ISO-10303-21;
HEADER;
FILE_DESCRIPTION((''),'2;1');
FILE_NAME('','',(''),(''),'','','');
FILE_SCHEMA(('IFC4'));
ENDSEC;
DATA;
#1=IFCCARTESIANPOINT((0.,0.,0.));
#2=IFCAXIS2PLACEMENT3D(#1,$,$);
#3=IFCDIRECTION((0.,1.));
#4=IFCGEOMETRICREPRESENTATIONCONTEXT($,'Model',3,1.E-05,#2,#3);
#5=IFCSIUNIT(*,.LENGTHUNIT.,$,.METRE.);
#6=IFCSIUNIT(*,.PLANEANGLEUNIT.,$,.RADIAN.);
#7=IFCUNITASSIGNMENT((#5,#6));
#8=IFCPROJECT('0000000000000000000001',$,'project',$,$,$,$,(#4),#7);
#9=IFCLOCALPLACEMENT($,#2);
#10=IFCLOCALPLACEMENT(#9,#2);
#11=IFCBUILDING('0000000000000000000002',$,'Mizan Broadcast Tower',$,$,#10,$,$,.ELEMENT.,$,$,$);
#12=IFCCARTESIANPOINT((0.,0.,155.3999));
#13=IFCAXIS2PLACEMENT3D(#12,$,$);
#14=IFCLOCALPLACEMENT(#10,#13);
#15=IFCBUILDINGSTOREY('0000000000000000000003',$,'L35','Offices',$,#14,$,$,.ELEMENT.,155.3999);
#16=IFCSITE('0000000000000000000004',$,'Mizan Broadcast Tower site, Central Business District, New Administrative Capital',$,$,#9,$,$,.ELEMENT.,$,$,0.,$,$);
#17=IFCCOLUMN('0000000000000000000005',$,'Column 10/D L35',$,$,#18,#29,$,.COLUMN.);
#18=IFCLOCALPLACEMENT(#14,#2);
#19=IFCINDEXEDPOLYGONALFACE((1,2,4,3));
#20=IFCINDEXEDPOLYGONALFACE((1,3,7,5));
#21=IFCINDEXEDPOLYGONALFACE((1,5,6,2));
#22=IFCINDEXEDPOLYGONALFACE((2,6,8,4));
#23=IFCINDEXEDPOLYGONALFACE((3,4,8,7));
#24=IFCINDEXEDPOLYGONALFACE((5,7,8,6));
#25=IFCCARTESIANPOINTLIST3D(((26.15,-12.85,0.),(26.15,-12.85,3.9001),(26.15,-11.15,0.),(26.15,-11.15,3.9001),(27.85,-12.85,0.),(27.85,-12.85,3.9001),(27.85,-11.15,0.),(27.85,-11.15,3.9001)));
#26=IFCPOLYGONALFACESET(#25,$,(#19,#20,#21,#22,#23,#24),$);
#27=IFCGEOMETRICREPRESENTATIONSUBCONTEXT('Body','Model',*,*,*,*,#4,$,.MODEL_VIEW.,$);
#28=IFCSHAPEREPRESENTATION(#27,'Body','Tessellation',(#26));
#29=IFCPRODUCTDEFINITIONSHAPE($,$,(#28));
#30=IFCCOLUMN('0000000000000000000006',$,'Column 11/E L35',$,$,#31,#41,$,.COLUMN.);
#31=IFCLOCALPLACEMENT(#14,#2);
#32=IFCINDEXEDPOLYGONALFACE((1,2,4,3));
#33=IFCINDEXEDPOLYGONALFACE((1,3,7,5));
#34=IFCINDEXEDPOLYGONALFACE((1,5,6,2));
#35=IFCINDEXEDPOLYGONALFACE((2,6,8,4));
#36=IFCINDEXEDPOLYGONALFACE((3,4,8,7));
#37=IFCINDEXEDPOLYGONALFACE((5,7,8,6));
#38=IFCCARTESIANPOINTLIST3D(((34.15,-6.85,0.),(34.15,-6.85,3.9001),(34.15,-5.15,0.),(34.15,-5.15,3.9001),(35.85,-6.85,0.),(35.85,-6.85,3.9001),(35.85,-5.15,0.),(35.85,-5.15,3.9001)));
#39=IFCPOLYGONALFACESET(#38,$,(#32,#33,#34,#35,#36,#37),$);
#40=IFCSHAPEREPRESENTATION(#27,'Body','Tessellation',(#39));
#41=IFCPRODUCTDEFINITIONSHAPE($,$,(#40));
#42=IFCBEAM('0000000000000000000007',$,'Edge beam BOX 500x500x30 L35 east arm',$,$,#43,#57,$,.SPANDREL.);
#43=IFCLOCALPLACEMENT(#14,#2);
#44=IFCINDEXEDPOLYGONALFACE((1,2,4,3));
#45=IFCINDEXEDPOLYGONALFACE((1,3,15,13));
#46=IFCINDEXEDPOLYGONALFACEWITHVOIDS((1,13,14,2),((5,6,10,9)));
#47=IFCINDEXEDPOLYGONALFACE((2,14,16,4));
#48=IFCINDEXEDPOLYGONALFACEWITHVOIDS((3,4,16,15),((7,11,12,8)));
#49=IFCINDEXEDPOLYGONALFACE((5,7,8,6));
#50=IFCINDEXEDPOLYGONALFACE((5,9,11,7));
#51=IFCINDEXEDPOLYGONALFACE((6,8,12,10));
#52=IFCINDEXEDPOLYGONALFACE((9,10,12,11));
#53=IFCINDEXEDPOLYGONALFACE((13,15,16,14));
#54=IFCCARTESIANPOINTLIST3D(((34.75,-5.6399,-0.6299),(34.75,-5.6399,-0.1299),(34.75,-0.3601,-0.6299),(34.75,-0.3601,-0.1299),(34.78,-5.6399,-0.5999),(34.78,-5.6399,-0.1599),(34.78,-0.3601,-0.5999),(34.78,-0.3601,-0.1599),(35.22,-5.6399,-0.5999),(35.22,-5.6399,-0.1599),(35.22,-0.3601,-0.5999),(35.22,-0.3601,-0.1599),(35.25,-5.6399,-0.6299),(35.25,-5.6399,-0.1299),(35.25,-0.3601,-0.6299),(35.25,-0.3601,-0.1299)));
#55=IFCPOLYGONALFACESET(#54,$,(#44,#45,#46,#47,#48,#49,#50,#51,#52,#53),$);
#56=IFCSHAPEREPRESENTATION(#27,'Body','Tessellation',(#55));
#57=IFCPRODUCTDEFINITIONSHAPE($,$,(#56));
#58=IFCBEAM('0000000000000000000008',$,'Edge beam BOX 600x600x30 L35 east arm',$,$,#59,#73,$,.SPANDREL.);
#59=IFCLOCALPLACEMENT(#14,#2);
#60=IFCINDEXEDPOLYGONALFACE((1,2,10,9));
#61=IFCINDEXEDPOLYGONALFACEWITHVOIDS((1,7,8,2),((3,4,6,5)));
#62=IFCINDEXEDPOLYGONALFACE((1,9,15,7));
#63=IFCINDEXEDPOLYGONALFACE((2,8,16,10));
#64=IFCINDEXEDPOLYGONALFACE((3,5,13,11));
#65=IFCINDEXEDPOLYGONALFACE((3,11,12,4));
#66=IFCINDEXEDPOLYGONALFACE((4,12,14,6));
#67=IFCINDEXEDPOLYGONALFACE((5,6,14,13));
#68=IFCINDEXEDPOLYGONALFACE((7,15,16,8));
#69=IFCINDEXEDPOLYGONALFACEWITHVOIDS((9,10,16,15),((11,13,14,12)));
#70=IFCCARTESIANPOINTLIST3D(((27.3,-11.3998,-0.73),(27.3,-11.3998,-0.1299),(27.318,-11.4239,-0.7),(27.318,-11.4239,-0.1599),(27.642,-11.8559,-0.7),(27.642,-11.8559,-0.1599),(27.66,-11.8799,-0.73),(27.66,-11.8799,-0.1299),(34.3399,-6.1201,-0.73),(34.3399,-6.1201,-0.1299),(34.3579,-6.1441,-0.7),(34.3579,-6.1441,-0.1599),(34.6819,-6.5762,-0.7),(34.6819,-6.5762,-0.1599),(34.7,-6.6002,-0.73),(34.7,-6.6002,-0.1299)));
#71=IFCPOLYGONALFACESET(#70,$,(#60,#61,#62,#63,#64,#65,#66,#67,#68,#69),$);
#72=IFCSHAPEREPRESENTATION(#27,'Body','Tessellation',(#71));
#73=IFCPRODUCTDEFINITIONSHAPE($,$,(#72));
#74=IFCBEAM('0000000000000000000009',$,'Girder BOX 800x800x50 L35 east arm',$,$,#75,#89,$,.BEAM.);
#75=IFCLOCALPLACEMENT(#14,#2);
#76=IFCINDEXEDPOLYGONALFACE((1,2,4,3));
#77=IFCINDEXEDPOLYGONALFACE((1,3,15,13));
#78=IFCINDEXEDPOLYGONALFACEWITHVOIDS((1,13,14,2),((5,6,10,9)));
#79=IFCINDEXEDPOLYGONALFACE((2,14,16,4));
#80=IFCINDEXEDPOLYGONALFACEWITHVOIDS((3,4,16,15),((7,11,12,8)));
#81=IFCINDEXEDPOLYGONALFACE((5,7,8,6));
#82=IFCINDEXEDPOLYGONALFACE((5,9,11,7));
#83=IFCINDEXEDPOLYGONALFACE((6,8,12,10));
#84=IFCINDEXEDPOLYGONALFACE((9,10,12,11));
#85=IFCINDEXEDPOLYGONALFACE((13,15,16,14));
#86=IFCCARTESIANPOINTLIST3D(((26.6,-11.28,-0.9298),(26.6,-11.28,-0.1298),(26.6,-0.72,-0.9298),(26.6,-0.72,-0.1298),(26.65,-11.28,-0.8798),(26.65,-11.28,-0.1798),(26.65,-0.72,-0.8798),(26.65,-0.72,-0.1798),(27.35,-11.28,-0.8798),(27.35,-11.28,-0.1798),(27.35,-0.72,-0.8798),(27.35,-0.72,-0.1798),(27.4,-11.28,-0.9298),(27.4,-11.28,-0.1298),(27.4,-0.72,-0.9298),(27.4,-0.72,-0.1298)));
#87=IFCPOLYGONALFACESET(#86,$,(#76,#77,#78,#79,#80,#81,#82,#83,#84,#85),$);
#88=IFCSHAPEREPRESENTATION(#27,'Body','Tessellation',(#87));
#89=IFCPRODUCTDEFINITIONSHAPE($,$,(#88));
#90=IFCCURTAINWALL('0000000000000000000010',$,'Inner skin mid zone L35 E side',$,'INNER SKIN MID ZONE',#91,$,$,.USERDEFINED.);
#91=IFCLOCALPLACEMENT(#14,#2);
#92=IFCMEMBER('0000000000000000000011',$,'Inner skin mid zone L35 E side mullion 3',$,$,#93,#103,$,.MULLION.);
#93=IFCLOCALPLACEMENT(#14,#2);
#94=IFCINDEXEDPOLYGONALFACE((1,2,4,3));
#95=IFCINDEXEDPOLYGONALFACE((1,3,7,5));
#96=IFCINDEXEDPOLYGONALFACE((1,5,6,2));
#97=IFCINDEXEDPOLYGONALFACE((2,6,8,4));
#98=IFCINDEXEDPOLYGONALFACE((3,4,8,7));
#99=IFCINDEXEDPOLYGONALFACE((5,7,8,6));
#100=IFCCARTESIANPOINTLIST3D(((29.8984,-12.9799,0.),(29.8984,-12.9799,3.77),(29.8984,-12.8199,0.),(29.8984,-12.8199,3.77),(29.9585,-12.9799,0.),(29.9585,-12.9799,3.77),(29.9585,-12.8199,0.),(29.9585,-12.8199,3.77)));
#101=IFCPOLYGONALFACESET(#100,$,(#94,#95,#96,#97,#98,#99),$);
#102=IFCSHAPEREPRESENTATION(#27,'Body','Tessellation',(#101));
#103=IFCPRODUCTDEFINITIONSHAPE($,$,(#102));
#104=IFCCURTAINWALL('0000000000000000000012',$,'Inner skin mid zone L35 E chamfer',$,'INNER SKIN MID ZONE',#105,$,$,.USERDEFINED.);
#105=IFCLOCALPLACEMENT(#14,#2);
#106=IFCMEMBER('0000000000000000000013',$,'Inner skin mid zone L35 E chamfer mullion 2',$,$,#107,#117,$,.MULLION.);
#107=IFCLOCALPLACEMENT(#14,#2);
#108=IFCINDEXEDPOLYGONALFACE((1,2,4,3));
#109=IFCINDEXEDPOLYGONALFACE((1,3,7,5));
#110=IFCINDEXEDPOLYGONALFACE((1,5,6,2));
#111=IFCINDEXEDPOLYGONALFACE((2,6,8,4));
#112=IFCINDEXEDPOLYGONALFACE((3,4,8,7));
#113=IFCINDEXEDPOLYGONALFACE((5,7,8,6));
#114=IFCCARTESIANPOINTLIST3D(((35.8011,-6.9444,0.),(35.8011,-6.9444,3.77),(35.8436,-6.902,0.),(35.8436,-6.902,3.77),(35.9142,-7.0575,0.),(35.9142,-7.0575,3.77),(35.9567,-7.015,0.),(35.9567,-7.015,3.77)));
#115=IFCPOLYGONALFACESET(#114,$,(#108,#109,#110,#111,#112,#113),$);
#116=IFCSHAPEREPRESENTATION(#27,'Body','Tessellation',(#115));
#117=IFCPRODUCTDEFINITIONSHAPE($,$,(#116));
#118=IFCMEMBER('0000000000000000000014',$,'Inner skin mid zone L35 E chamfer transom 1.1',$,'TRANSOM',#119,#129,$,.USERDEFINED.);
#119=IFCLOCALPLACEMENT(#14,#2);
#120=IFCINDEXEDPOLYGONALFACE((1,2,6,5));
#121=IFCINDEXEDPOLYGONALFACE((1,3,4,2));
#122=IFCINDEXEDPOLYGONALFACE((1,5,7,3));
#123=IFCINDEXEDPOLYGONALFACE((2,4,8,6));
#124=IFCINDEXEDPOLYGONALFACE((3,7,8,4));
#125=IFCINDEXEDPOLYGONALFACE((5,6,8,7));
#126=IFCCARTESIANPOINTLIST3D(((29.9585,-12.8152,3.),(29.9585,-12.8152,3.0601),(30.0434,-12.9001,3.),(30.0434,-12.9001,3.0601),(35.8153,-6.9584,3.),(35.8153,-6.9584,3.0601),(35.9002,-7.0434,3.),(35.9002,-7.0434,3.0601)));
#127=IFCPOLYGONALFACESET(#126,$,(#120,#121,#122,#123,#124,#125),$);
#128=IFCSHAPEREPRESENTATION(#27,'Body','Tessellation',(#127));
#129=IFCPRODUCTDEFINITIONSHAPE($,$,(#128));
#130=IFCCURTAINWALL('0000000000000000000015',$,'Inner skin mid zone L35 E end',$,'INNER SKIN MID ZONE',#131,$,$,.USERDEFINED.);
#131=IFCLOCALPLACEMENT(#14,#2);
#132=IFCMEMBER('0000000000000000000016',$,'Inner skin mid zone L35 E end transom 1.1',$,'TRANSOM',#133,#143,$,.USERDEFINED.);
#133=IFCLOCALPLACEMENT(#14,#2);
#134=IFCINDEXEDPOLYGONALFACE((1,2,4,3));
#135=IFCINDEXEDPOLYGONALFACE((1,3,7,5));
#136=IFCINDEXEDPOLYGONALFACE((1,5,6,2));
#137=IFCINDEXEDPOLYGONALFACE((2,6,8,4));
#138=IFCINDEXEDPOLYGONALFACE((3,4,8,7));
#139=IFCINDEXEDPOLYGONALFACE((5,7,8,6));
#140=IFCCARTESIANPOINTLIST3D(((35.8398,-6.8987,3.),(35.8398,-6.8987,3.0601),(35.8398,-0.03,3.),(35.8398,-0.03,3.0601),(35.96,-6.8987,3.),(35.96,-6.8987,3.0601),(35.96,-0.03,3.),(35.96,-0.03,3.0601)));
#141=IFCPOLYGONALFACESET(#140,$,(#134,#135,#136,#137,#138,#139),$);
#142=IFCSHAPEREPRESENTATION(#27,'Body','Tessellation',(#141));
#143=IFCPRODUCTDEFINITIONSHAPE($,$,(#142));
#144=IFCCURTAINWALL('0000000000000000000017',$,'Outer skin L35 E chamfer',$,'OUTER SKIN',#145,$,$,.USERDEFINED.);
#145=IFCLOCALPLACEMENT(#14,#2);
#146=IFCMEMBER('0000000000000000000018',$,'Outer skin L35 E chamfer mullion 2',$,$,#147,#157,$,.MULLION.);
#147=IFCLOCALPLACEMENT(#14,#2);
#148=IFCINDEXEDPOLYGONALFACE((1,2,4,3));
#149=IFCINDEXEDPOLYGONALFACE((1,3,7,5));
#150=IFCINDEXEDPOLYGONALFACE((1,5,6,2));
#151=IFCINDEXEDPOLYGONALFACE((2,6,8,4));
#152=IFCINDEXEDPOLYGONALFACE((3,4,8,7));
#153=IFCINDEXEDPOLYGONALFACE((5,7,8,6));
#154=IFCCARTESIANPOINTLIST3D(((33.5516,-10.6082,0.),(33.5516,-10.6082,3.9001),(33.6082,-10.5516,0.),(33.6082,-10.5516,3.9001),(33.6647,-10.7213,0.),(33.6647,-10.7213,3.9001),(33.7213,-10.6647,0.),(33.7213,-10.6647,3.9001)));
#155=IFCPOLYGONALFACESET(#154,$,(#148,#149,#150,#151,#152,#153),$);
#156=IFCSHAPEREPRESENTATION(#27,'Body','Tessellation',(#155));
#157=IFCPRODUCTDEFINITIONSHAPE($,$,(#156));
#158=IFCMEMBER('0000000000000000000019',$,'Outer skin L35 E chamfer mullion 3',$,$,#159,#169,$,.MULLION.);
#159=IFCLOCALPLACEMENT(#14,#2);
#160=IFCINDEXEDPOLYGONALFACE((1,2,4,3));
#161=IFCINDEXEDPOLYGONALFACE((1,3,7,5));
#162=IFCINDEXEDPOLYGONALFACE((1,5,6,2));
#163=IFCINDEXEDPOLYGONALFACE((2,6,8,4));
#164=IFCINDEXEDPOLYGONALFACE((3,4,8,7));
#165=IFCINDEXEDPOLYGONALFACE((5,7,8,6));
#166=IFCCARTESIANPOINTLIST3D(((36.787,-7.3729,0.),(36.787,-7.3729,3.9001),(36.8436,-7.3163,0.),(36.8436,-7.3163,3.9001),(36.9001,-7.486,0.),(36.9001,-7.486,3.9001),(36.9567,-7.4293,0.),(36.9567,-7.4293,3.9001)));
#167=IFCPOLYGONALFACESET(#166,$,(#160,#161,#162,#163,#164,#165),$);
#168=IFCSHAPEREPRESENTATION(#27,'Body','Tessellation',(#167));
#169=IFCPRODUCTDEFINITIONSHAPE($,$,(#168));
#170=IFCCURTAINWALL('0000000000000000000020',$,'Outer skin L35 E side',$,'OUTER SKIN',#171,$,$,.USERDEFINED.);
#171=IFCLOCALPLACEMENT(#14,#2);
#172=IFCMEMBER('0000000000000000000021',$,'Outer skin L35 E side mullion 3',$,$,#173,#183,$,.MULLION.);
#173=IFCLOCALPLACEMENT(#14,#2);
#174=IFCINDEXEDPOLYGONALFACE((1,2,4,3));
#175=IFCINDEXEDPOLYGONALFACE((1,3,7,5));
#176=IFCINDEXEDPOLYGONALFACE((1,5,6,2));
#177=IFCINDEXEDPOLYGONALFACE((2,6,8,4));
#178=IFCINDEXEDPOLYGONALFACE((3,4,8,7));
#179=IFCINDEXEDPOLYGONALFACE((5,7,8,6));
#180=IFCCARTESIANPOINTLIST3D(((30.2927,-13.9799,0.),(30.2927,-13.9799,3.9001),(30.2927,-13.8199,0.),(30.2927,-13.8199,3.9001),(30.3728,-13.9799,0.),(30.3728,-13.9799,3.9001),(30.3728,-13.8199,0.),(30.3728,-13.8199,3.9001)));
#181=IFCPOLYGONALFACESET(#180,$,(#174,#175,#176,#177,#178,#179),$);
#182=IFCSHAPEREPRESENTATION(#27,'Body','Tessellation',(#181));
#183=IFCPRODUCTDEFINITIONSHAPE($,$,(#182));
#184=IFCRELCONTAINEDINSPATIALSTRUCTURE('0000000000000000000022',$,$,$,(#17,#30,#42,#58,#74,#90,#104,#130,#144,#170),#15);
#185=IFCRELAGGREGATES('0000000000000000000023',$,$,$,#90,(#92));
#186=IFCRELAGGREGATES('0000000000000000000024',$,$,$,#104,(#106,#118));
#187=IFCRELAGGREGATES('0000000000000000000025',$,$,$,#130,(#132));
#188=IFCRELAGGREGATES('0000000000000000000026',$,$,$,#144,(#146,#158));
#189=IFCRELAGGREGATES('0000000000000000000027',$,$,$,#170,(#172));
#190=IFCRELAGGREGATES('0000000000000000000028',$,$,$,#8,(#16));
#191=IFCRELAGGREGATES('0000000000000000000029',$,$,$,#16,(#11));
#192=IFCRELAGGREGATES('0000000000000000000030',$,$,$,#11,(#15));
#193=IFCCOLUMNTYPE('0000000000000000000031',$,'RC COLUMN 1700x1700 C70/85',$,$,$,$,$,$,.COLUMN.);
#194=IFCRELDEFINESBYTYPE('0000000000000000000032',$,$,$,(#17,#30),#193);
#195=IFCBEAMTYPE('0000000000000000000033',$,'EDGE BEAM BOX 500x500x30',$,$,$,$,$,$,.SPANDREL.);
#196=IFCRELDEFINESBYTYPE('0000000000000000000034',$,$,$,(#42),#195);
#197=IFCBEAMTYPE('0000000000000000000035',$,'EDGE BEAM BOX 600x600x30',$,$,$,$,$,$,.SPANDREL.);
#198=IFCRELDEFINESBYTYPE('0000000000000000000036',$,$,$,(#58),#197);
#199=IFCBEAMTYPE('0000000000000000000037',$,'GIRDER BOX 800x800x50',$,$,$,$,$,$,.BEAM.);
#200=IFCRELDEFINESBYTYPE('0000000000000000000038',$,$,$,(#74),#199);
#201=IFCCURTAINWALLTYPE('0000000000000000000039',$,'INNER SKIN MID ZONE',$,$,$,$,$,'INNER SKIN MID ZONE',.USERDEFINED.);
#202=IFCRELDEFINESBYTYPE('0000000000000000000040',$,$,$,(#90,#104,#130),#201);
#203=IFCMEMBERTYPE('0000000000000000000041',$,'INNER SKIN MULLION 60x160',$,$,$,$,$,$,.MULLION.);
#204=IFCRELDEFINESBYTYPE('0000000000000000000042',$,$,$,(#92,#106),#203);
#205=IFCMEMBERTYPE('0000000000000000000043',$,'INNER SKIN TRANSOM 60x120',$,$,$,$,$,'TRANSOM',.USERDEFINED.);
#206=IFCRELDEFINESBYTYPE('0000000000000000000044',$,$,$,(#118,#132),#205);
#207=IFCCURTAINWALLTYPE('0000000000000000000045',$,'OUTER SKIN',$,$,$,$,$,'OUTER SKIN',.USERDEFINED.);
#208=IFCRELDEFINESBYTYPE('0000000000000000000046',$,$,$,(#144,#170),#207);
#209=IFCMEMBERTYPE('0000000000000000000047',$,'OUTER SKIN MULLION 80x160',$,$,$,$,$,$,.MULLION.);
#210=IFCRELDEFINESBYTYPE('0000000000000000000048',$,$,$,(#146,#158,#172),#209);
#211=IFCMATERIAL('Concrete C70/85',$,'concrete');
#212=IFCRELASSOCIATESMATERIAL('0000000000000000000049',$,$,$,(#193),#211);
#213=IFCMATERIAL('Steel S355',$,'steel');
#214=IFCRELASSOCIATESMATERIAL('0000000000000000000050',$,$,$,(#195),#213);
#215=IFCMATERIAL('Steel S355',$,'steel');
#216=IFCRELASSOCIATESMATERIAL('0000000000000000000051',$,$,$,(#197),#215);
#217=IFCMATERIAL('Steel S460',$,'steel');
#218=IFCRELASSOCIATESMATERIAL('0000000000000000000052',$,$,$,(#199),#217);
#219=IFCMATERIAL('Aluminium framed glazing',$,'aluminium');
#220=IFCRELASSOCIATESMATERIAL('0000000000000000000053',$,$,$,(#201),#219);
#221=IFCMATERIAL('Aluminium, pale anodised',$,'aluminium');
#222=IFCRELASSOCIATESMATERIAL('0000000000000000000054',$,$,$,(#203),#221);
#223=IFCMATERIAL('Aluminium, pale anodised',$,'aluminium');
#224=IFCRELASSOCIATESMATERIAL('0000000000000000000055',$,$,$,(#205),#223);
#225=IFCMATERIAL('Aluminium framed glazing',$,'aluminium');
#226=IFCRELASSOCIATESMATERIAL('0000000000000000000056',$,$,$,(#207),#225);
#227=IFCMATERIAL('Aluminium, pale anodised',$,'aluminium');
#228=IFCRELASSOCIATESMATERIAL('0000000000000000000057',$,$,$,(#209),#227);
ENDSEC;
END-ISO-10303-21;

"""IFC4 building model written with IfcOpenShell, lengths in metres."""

from ifc_helpers import new_model, si_unit, direction, frame, origin, origin_2d, place, context, subcontext, project, spatial, rectangle, hollow_rectangle, extrude, material, material_profile, profile_set, type_object, element, aggregate, save


model = new_model("IFC4")

# Units and contexts
model_context = context("Model", 3, precision=1e-05, world=origin(), true_north=direction((0.0, 1.0)))
body_context = subcontext(model_context, "Body", "Model", "MODEL_VIEW")
ifc_project = project(units=[si_unit("LENGTHUNIT", "METRE"), si_unit("PLANEANGLEUNIT", "RADIAN")], contexts=[model_context])

# Site, building, storey
site_placement = place(None, origin())
site = spatial("IfcSite", under=ifc_project, at=site_placement, Name="Mizan Broadcast Tower site, Central Business District, New Administrative Capital", CompositionType="ELEMENT", RefElevation=0.0)
building_placement = place(site_placement, origin())
building = spatial("IfcBuilding", under=site, at=building_placement, Name="Mizan Broadcast Tower", CompositionType="ELEMENT")
storey_placement = place(building_placement, frame((0.0, 0.0, 155.3999)))
storey = spatial("IfcBuildingStorey", under=building, at=storey_placement, Name="L35", Description="Offices", CompositionType="ELEMENT", Elevation=155.3999)

# Columns
ifc_material_1 = material(Name="Concrete C70/85", Category="concrete")
ifc_material_profile_1 = material_profile(ifc_material_1, rectangle(XDim=1.7, YDim=1.7, at=origin_2d()), Name="RC 1700x1700")
ifc_profile_set_1 = profile_set([ifc_material_profile_1], Name="Concrete C70/85")
column_type = type_object("IfcColumnType", Name="RC COLUMN 1700x1700 C70/85", PredefinedType="COLUMN", material=ifc_profile_set_1)
for number, where, z_axis, x_axis, name in (
    (1, (27.0, -12.0, 0.0), (0.0, 0.0, 1.0), (1.0, 0.0, 0.0), "Column 10/D L35"),
    (2, (35.0, -6.0, 0.0), (0.0, 0.0, 1.0), (1.0, 0.0, 0.0), "Column 11/E L35"),
):
    element("IfcColumn", number, at=place(storey_placement, frame(where, z_axis=z_axis, x_axis=x_axis)), inside=storey, type_object=column_type, Name=name, PredefinedType="COLUMN", context=body_context, shape_type="SweptSolid", body=[
        extrude(rectangle(XDim=1.7, YDim=1.7, at=origin_2d()), origin(), (0.0, 0.0, 1.0), 3.9001),
    ])

# Beams
ifc_material_2 = material(Name="Steel S355", Category="steel")
ifc_material_profile_2 = material_profile(ifc_material_2, hollow_rectangle(XDim=0.5, YDim=0.5, WallThickness=0.03, at=origin_2d()), Name="BOX 500x500x30")
ifc_profile_set_2 = profile_set([ifc_material_profile_2], Name="Steel S355")
beam_type_1 = type_object("IfcBeamType", Name="EDGE BEAM BOX 500x500x30", PredefinedType="SPANDREL", material=ifc_profile_set_2)
beam_1_placement = place(storey_placement, frame((35.0, -5.6399, -0.3799), z_axis=(0.0, 1.0, 0.0), x_axis=(-1.0, 0.0, 0.0)))
element("IfcBeam", 3, at=beam_1_placement, inside=storey, type_object=beam_type_1, Name="Edge beam BOX 500x500x30 L35 east arm", PredefinedType="SPANDREL", context=body_context, shape_type="SweptSolid", body=[
    extrude(hollow_rectangle(XDim=0.5, YDim=0.5, WallThickness=0.03, at=origin_2d()), origin(), (0.0, 0.0, 1.0), 5.2798),
])
ifc_material_3 = material(Name="Steel S355", Category="steel")
ifc_material_profile_3 = material_profile(ifc_material_3, hollow_rectangle(XDim=0.6001, YDim=0.6001, WallThickness=0.03, at=origin_2d()), Name="BOX 600x600x30")
ifc_profile_set_3 = profile_set([ifc_material_profile_3], Name="Steel S355")
beam_type_2 = type_object("IfcBeamType", Name="EDGE BEAM BOX 600x600x30", PredefinedType="SPANDREL", material=ifc_profile_set_3)
beam_2_placement = place(storey_placement, frame((27.48, -11.6399, -0.4299), z_axis=(0.800013, 0.599982, 0.0), x_axis=(-0.599982, 0.800013, 0.0)))
element("IfcBeam", 4, at=beam_2_placement, inside=storey, type_object=beam_type_2, Name="Edge beam BOX 600x600x30 L35 east arm", PredefinedType="SPANDREL", context=body_context, shape_type="SweptSolid", body=[
    extrude(hollow_rectangle(XDim=0.6001, YDim=0.6001, WallThickness=0.03, at=origin_2d()), origin(), (0.0, 0.0, 1.0), 8.7998),
])
ifc_material_4 = material(Name="Steel S460", Category="steel")
ifc_material_profile_4 = material_profile(ifc_material_4, hollow_rectangle(XDim=0.8, YDim=0.8, WallThickness=0.05, at=origin_2d()), Name="BOX 800x800x50")
ifc_profile_set_4 = profile_set([ifc_material_profile_4], Name="Steel S460")
beam_type_3 = type_object("IfcBeamType", Name="GIRDER BOX 800x800x50", PredefinedType="BEAM", material=ifc_profile_set_4)
beam_3_placement = place(storey_placement, frame((27.0, -11.28, -0.5298), z_axis=(0.0, 1.0, 0.0), x_axis=(-1.0, 0.0, 0.0)))
element("IfcBeam", 5, at=beam_3_placement, inside=storey, type_object=beam_type_3, Name="Girder BOX 800x800x50 L35 east arm", PredefinedType="BEAM", context=body_context, shape_type="SweptSolid", body=[
    extrude(hollow_rectangle(XDim=0.8, YDim=0.8, WallThickness=0.05, at=origin_2d()), origin(), (0.0, 0.0, 1.0), 10.5601),
])

# Curtain wall, member
ifc_material_5 = material(Name="Aluminium framed glazing", Category="aluminium")
curtain_wall_type_1 = type_object("IfcCurtainWallType", Name="INNER SKIN MID ZONE", ElementType="INNER SKIN MID ZONE", PredefinedType="USERDEFINED", material=ifc_material_5)
curtain_wall_1_placement = place(storey_placement, origin())
curtain_wall_1 = element("IfcCurtainWall", 6, at=curtain_wall_1_placement, inside=storey, type_object=curtain_wall_type_1, Name="Inner skin mid zone L35 E side", ObjectType="INNER SKIN MID ZONE", PredefinedType="USERDEFINED")
ifc_material_6 = material(Name="Aluminium, pale anodised", Category="aluminium")
ifc_material_profile_5 = material_profile(ifc_material_6, rectangle(XDim=0.1599, YDim=0.0601, at=origin_2d()), Name="MULLION 160x60")
ifc_profile_set_5 = profile_set([ifc_material_profile_5], Name="Aluminium, pale anodised")
member_type_1 = type_object("IfcMemberType", Name="INNER SKIN MULLION 60x160", PredefinedType="MULLION", material=ifc_profile_set_5)
member_1_placement = place(storey_placement, frame((29.9285, -12.8999, 0.0), z_axis=(0.0, 0.0, 1.0), x_axis=(0.0, 1.0, 0.0)))
member_1 = element("IfcMember", 7, at=member_1_placement, type_object=member_type_1, Name="Inner skin mid zone L35 E side mullion 3", PredefinedType="MULLION", context=body_context, shape_type="SweptSolid", body=[
    extrude(rectangle(XDim=0.1599, YDim=0.0601, at=origin_2d()), origin(), (0.0, 0.0, 1.0), 3.77),
])

# Curtain wall, members
curtain_wall_2_placement = place(storey_placement, origin())
curtain_wall_2 = element("IfcCurtainWall", 8, at=curtain_wall_2_placement, inside=storey, type_object=curtain_wall_type_1, Name="Inner skin mid zone L35 E chamfer", ObjectType="INNER SKIN MID ZONE", PredefinedType="USERDEFINED")
member_2_placement = place(storey_placement, frame((35.8789, -6.9797, 0.0), z_axis=(0.0, 0.0, 1.0), x_axis=(-0.707107, 0.707107, 0.0)))
member_2 = element("IfcMember", 9, at=member_2_placement, type_object=member_type_1, Name="Inner skin mid zone L35 E chamfer mullion 2", PredefinedType="MULLION", context=body_context, shape_type="SweptSolid", body=[
    extrude(rectangle(XDim=0.1599, YDim=0.0601, at=origin_2d()), origin(), (0.0, 0.0, 1.0), 3.77),
])
ifc_material_7 = material(Name="Aluminium, pale anodised", Category="aluminium")
ifc_material_profile_6 = material_profile(ifc_material_7, rectangle(XDim=0.1201, YDim=0.0601, at=origin_2d()), Name="TRANSOM 120x60")
ifc_profile_set_6 = profile_set([ifc_material_profile_6], Name="Aluminium, pale anodised")
member_type_2 = type_object("IfcMemberType", Name="INNER SKIN TRANSOM 60x120", ElementType="TRANSOM", PredefinedType="USERDEFINED", material=ifc_profile_set_6)
member_3_placement = place(storey_placement, frame((30.001, -12.8577, 3.03), z_axis=(0.707107, 0.707107, 0.0), x_axis=(-0.707107, 0.707107, 0.0)))
member_3 = element("IfcMember", 10, at=member_3_placement, type_object=member_type_2, Name="Inner skin mid zone L35 E chamfer transom 1.1", ObjectType="TRANSOM", PredefinedType="USERDEFINED", context=body_context, shape_type="SweptSolid", body=[
    extrude(rectangle(XDim=0.1201, YDim=0.0601, at=origin_2d()), origin(), (0.0, 0.0, 1.0), 8.2827),
])

# Curtain wall, member
curtain_wall_3_placement = place(storey_placement, origin())
curtain_wall_3 = element("IfcCurtainWall", 11, at=curtain_wall_3_placement, inside=storey, type_object=curtain_wall_type_1, Name="Inner skin mid zone L35 E end", ObjectType="INNER SKIN MID ZONE", PredefinedType="USERDEFINED")
member_4_placement = place(storey_placement, frame((35.8999, -6.8987, 3.03), z_axis=(0.0, 1.0, 0.0), x_axis=(-1.0, 0.0, 0.0)))
member_4 = element("IfcMember", 12, at=member_4_placement, type_object=member_type_2, Name="Inner skin mid zone L35 E end transom 1.1", ObjectType="TRANSOM", PredefinedType="USERDEFINED", context=body_context, shape_type="SweptSolid", body=[
    extrude(rectangle(XDim=0.1201, YDim=0.0601, at=origin_2d()), origin(), (0.0, 0.0, 1.0), 6.8687),
])

# Curtain wall, members
ifc_material_8 = material(Name="Aluminium framed glazing", Category="aluminium")
curtain_wall_type_2 = type_object("IfcCurtainWallType", Name="OUTER SKIN", ElementType="OUTER SKIN", PredefinedType="USERDEFINED", material=ifc_material_8)
curtain_wall_4_placement = place(storey_placement, origin())
curtain_wall_4 = element("IfcCurtainWall", 13, at=curtain_wall_4_placement, inside=storey, type_object=curtain_wall_type_2, Name="Outer skin L35 E chamfer", ObjectType="OUTER SKIN", PredefinedType="USERDEFINED")
ifc_material_9 = material(Name="Aluminium, pale anodised", Category="aluminium")
ifc_material_profile_7 = material_profile(ifc_material_9, rectangle(XDim=0.1599, YDim=0.0801, at=origin_2d()), Name="MULLION 160x80")
ifc_profile_set_7 = profile_set([ifc_material_profile_7], Name="Aluminium, pale anodised")
member_type_3 = type_object("IfcMemberType", Name="OUTER SKIN MULLION 80x160", PredefinedType="MULLION", material=ifc_profile_set_7)
member_5_placement = place(storey_placement, frame((33.6365, -10.6365, 0.0), z_axis=(0.0, 0.0, 1.0), x_axis=(-0.707107, 0.707107, 0.0)))
member_5 = element("IfcMember", 14, at=member_5_placement, type_object=member_type_3, Name="Outer skin L35 E chamfer mullion 2", PredefinedType="MULLION", context=body_context, shape_type="SweptSolid", body=[
    extrude(rectangle(XDim=0.1599, YDim=0.0801, at=origin_2d()), origin(), (0.0, 0.0, 1.0), 3.9001),
])
member_6_placement = place(storey_placement, frame((36.8718, -7.4011, 0.0), z_axis=(0.0, 0.0, 1.0), x_axis=(-0.707107, 0.707107, 0.0)))
member_6 = element("IfcMember", 15, at=member_6_placement, type_object=member_type_3, Name="Outer skin L35 E chamfer mullion 3", PredefinedType="MULLION", context=body_context, shape_type="SweptSolid", body=[
    extrude(rectangle(XDim=0.1599, YDim=0.0801, at=origin_2d()), origin(), (0.0, 0.0, 1.0), 3.9001),
])

# Curtain wall, member
curtain_wall_5_placement = place(storey_placement, origin())
curtain_wall_5 = element("IfcCurtainWall", 16, at=curtain_wall_5_placement, inside=storey, type_object=curtain_wall_type_2, Name="Outer skin L35 E side", ObjectType="OUTER SKIN", PredefinedType="USERDEFINED")
member_7_placement = place(storey_placement, frame((30.3328, -13.8999, 0.0), z_axis=(0.0, 0.0, 1.0), x_axis=(0.0, 1.0, 0.0)))
member_7 = element("IfcMember", 17, at=member_7_placement, type_object=member_type_3, Name="Outer skin L35 E side mullion 3", PredefinedType="MULLION", context=body_context, shape_type="SweptSolid", body=[
    extrude(rectangle(XDim=0.1599, YDim=0.0801, at=origin_2d()), origin(), (0.0, 0.0, 1.0), 3.9001),
])

aggregate(curtain_wall_1, [member_1])
aggregate(curtain_wall_2, [member_2, member_3])
aggregate(curtain_wall_3, [member_4])
aggregate(curtain_wall_4, [member_5, member_6])
aggregate(curtain_wall_5, [member_7])

save(model, "model.ifc")
